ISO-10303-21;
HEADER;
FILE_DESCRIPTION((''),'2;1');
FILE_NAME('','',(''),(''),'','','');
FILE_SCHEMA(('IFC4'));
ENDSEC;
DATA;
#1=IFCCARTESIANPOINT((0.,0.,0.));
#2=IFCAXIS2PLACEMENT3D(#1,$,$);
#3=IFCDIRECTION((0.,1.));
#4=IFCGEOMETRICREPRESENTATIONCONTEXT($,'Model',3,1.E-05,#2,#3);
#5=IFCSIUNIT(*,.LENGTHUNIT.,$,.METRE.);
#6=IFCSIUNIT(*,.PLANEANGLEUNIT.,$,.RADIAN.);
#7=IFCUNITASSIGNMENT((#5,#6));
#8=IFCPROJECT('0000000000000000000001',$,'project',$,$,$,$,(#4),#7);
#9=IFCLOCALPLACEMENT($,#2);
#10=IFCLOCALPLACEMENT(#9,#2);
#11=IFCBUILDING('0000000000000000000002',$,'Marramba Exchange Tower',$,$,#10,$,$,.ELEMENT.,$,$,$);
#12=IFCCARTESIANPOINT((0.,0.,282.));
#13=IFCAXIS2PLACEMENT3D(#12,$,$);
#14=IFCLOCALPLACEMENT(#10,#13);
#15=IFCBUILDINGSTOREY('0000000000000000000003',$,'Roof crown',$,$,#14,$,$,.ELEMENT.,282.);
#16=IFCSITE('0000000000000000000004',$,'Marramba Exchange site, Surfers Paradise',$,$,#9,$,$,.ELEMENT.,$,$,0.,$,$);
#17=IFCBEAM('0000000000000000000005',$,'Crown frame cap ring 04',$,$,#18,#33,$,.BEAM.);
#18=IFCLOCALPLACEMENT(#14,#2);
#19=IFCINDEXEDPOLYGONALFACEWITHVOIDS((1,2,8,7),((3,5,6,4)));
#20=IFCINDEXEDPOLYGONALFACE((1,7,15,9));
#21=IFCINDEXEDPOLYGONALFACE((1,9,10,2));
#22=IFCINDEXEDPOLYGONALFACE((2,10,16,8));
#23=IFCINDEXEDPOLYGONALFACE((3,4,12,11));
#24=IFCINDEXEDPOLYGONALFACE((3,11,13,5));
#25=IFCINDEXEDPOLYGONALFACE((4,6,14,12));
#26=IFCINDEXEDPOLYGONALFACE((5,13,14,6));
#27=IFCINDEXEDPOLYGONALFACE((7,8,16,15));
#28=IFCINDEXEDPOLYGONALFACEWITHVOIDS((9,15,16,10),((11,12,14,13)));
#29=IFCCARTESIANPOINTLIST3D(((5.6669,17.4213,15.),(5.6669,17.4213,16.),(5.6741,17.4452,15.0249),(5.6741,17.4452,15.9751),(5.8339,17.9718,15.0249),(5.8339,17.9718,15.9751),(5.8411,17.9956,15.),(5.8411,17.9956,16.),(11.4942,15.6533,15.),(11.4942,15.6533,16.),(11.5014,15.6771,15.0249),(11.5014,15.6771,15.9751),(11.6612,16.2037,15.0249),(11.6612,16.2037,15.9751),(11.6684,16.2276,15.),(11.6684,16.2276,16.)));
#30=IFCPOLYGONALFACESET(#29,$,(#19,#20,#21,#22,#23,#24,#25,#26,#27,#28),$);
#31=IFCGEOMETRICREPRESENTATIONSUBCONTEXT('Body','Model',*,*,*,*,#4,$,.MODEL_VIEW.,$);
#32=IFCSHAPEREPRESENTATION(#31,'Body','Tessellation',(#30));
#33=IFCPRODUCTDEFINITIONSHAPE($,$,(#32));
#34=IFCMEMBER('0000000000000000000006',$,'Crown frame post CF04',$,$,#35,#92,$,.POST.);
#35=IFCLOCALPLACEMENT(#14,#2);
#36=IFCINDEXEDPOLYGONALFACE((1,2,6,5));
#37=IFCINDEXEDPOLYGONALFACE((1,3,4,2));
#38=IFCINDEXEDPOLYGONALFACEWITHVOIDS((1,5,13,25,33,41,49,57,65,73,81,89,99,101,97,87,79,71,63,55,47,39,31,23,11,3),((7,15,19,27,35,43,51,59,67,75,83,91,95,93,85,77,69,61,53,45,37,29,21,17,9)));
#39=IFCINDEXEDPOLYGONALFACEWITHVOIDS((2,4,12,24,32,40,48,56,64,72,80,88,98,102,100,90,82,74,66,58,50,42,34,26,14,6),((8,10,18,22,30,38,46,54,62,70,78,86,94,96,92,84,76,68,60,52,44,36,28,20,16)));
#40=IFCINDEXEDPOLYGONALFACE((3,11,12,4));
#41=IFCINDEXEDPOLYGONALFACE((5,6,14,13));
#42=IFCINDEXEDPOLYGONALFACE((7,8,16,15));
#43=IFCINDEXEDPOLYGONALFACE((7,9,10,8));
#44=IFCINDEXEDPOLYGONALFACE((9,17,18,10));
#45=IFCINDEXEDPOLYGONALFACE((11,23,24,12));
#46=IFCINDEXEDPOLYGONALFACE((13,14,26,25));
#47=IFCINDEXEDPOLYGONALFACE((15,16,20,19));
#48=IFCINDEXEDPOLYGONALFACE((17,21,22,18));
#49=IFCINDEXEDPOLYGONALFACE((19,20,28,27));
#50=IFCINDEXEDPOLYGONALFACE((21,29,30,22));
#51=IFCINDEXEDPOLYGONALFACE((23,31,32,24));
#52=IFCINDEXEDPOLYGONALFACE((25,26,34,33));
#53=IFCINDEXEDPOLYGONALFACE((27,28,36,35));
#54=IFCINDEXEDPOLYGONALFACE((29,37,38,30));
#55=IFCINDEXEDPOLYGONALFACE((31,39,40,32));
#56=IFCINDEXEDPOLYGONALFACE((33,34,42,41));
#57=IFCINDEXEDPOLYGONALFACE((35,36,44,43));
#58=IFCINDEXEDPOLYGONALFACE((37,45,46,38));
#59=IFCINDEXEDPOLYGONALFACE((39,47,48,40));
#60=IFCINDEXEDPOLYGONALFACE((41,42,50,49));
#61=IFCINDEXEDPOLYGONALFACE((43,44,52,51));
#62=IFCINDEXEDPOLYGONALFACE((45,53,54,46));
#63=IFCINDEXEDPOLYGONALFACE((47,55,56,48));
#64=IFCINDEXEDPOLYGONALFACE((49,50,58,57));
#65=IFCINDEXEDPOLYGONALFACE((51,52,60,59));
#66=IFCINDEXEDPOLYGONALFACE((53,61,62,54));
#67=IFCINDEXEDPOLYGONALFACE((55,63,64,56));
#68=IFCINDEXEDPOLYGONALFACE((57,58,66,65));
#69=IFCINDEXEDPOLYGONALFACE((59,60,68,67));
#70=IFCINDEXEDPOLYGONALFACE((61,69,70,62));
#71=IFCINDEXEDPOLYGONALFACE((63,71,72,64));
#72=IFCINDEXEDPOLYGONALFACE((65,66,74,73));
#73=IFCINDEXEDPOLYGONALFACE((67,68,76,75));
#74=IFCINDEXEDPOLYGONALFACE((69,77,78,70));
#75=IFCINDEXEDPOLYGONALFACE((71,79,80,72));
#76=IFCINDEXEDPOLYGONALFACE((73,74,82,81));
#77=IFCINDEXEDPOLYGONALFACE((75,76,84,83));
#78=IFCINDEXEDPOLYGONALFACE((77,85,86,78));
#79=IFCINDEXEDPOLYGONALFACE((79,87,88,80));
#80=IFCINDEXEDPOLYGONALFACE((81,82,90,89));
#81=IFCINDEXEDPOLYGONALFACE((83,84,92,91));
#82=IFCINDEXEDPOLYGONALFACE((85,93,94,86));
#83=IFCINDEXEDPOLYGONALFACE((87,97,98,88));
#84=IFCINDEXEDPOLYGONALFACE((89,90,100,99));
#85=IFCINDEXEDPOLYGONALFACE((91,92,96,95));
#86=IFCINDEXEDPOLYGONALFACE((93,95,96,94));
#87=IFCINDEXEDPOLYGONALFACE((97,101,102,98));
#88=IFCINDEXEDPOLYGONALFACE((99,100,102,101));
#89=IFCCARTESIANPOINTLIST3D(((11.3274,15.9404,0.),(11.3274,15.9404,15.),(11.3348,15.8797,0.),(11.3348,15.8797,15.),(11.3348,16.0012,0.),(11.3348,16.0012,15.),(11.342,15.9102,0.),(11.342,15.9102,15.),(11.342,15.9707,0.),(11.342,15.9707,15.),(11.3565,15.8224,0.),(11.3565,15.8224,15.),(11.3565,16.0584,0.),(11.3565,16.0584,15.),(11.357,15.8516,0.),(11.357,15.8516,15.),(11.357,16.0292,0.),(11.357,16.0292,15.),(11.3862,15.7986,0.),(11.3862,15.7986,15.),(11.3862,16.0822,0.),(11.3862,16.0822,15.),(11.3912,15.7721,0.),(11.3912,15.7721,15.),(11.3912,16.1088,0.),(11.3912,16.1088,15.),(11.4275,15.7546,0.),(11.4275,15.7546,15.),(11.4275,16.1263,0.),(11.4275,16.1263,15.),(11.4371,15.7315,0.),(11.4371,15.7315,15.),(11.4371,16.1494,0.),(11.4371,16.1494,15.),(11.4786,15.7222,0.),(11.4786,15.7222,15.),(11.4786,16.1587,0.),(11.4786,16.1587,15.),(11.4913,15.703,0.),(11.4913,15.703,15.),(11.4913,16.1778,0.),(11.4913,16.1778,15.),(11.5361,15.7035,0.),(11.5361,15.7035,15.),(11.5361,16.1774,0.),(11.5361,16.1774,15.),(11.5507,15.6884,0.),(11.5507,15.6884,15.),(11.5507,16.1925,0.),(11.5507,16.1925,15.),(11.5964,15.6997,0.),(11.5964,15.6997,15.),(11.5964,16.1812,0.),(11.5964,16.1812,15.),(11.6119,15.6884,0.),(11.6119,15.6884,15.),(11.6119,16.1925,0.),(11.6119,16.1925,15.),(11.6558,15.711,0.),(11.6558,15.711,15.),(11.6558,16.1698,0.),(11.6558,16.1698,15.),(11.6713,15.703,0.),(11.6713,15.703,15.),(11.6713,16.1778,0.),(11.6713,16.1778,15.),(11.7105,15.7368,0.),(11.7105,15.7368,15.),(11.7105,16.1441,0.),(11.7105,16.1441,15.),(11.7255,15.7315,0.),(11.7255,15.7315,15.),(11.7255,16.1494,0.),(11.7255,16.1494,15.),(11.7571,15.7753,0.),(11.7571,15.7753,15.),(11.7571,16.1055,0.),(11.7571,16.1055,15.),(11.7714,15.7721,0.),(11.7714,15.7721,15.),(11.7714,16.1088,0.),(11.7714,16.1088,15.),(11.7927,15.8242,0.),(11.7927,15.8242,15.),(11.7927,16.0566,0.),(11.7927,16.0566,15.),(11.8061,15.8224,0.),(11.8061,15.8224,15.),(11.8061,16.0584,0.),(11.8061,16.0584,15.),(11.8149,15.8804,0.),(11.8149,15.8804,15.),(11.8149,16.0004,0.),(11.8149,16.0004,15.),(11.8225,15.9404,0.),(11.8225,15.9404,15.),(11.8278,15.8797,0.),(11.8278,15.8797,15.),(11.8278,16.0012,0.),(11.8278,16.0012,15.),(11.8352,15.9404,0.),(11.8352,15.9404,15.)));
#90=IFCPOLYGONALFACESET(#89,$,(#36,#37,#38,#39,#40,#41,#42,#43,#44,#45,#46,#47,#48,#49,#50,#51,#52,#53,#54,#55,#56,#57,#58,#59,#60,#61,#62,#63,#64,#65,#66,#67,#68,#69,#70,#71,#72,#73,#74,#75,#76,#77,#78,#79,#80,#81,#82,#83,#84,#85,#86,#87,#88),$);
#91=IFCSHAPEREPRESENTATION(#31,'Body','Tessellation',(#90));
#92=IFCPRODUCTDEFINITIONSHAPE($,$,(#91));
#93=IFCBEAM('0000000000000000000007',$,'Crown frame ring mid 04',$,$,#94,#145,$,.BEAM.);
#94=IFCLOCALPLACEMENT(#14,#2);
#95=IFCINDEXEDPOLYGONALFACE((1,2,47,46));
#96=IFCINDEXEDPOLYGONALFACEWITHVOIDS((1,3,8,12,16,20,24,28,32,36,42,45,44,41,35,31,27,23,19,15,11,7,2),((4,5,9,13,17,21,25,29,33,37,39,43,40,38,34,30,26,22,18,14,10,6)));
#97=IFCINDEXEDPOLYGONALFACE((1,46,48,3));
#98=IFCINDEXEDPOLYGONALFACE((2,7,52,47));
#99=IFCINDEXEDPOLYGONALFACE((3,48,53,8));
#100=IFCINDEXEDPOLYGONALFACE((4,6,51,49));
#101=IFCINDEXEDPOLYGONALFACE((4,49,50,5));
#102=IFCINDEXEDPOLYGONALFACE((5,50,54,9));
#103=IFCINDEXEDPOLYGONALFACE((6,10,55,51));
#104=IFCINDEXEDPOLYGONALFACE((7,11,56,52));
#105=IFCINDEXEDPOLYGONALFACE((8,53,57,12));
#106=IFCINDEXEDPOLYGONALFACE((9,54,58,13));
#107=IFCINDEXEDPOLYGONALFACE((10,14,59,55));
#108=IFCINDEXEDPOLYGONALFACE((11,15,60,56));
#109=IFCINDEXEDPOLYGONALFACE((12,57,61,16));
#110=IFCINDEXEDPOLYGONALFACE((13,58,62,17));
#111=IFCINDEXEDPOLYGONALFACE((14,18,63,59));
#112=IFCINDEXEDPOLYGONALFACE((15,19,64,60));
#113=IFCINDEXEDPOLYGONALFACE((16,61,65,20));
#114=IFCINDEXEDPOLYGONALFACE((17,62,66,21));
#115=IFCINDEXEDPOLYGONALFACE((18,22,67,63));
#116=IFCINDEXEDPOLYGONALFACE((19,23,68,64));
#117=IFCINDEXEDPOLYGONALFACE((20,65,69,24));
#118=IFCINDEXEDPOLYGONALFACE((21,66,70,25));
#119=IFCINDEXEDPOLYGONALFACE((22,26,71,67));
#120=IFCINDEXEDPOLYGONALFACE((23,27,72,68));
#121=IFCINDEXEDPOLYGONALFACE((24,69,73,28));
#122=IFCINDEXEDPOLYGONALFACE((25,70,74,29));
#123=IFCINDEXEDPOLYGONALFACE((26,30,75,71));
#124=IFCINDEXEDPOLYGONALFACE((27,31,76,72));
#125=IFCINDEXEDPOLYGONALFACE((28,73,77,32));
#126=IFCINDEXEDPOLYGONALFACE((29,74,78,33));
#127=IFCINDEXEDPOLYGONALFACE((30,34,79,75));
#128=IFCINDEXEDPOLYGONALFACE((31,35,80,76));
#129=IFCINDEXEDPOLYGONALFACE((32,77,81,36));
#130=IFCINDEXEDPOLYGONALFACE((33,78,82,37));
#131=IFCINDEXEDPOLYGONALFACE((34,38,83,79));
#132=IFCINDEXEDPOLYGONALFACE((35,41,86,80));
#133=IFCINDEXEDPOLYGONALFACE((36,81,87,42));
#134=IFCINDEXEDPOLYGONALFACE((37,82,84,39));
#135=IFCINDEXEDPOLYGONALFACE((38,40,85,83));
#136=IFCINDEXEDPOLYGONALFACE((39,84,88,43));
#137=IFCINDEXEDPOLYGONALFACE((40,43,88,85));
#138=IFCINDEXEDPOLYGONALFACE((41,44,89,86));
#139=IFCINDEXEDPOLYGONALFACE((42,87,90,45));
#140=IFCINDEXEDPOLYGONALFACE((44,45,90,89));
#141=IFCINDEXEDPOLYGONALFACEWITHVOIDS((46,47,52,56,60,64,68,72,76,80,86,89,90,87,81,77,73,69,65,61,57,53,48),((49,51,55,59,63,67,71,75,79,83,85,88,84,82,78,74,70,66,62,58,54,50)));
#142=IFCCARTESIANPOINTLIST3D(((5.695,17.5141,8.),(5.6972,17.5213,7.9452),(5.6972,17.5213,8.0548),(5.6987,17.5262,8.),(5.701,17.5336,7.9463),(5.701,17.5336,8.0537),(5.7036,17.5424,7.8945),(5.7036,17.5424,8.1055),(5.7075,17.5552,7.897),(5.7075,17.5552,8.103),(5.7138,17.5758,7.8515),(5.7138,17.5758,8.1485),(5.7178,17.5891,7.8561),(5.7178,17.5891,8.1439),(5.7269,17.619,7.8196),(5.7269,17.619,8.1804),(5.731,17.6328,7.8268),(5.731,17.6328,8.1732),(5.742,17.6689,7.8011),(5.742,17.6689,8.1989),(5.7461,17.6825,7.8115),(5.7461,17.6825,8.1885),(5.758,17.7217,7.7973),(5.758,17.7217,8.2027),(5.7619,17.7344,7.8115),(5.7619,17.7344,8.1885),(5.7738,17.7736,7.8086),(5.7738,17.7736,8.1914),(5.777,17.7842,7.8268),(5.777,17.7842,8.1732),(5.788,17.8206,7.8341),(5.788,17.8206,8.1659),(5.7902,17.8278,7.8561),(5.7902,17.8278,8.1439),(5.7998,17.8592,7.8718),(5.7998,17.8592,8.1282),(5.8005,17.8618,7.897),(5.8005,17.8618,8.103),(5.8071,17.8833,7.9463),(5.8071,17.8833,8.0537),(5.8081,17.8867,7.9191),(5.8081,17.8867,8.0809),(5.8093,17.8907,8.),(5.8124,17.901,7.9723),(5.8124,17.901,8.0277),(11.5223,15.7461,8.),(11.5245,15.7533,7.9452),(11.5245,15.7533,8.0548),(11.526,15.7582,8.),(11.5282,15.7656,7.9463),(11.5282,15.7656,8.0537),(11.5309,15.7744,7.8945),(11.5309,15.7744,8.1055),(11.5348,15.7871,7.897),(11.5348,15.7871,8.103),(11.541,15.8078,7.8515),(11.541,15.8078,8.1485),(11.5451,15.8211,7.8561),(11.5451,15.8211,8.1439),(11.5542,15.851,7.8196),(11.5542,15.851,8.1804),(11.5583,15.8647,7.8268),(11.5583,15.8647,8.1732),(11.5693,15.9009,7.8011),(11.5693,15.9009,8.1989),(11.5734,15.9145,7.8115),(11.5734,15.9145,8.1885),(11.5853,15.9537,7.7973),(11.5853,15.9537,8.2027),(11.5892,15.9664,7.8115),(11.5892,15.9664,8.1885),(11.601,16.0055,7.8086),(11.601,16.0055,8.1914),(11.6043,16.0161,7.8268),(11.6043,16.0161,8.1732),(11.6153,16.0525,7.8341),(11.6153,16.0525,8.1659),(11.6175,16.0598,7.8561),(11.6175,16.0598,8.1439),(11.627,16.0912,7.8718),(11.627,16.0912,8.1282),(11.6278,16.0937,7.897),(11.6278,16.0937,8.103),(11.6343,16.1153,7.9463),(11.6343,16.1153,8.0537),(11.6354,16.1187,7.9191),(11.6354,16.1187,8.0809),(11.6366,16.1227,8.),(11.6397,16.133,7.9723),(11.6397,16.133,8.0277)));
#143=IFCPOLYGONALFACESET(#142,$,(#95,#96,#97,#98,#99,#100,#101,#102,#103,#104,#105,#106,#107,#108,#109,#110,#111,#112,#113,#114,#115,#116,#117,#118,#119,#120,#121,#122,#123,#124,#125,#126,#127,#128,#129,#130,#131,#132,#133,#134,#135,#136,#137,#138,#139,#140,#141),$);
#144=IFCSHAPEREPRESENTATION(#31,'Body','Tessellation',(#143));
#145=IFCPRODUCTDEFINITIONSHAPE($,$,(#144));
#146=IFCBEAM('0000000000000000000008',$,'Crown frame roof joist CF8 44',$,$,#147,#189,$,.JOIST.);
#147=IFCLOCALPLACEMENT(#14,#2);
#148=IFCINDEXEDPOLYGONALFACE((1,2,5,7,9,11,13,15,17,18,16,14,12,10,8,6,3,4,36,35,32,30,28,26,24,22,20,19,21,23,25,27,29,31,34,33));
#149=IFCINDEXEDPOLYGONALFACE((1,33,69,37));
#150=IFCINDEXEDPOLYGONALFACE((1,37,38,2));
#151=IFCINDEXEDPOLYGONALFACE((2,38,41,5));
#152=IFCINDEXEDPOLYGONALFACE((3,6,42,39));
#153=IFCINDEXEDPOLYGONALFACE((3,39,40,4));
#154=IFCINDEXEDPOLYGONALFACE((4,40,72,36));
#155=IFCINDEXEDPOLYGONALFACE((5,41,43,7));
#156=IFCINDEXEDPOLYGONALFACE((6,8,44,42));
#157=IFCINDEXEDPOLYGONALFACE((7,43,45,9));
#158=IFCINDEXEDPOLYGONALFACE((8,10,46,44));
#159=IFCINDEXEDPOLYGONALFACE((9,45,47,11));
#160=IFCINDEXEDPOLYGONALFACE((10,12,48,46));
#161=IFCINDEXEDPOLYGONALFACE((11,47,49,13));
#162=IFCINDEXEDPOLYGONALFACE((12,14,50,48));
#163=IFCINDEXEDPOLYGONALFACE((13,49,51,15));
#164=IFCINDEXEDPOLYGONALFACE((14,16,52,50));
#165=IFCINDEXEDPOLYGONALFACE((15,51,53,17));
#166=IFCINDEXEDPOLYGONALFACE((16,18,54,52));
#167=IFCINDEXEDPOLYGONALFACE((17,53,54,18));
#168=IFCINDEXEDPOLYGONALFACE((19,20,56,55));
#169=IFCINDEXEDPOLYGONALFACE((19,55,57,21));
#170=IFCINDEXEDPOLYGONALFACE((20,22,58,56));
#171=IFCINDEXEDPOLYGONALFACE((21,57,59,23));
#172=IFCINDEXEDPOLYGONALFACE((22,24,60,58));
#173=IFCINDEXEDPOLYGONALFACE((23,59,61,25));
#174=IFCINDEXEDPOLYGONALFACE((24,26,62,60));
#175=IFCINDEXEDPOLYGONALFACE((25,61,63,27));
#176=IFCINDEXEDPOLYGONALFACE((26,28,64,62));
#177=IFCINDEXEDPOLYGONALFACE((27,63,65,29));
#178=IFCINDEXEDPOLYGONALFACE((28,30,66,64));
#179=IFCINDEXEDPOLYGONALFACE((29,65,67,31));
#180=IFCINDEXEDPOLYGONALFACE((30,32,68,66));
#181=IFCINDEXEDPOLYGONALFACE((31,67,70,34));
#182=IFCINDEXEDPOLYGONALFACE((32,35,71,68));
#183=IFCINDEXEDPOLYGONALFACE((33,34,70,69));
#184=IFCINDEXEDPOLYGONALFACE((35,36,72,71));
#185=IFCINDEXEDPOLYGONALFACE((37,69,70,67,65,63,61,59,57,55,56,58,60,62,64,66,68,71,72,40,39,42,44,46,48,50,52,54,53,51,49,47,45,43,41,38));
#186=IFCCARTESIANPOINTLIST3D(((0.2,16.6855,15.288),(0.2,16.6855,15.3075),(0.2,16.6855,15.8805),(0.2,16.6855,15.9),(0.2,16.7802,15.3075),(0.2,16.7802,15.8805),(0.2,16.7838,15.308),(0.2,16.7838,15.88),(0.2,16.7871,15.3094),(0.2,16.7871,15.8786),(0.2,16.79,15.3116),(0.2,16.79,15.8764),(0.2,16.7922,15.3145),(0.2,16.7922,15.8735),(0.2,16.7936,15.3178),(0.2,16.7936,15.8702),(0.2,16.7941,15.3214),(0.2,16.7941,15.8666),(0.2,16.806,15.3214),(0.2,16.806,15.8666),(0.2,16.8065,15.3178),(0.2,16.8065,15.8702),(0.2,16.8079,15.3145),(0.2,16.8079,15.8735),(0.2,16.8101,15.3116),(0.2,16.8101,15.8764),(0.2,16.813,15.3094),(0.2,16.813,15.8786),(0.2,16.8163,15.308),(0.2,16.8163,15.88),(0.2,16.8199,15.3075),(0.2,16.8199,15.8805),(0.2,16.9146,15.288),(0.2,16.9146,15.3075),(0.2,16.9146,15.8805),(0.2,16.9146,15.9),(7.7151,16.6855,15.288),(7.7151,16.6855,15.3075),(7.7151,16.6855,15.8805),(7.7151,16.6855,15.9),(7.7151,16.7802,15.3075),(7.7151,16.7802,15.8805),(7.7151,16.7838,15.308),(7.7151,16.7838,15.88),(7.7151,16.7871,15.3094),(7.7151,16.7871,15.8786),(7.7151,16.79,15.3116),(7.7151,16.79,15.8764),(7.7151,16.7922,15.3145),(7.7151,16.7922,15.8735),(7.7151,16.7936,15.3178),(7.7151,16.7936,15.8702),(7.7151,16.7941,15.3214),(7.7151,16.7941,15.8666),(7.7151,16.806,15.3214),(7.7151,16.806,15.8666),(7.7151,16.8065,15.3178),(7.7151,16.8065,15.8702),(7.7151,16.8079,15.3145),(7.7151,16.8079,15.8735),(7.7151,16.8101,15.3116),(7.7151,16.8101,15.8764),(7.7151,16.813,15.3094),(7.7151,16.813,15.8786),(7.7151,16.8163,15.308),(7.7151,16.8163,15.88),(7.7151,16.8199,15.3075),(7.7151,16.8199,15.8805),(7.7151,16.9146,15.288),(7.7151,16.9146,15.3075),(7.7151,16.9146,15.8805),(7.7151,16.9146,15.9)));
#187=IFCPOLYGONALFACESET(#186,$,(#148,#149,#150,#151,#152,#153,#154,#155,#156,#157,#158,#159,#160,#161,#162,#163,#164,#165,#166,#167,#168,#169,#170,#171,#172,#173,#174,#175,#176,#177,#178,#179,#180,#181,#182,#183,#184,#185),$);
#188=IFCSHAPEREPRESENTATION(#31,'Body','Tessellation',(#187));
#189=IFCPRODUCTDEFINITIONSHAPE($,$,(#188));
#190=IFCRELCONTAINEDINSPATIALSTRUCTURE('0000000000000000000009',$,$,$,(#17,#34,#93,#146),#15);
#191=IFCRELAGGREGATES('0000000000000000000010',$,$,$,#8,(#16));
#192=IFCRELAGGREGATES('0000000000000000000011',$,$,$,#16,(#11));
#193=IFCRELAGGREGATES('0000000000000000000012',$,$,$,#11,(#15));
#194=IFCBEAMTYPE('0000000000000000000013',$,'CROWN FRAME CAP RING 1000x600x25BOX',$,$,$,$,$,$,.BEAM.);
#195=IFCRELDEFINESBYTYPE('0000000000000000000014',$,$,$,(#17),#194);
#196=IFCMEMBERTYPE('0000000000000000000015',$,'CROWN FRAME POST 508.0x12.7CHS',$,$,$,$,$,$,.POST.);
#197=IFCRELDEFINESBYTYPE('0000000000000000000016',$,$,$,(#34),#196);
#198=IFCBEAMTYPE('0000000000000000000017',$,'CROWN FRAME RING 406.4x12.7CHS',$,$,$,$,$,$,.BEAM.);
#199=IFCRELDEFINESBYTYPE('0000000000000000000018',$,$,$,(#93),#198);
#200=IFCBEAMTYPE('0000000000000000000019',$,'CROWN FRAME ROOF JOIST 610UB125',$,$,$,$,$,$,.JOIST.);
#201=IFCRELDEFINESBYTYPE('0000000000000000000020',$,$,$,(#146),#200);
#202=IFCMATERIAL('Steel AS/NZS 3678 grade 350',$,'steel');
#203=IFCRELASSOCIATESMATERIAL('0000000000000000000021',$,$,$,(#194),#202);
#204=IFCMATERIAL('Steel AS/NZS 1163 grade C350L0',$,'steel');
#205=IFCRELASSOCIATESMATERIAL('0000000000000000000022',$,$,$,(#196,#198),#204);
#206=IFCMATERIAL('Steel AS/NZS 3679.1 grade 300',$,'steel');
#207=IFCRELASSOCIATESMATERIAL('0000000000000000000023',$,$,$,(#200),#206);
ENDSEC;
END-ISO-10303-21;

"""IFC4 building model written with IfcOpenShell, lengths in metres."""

from ifc_helpers import new_model, si_unit, direction, frame, origin, origin_2d, place, context, subcontext, project, spatial, hollow_rectangle, hollow_circle, i_section, extrude, material, material_profile, profile_set, type_object, element, save


model = new_model("IFC4")

# Units and contexts
model_context = context("Model", 3, precision=1e-05, world=origin(), true_north=direction((0.0, 1.0)))
body_context = subcontext(model_context, "Body", "Model", "MODEL_VIEW")
ifc_project = project(units=[si_unit("LENGTHUNIT", "METRE"), si_unit("PLANEANGLEUNIT", "RADIAN")], contexts=[model_context])

# Site, building, storey
site_placement = place(None, origin())
site = spatial("IfcSite", under=ifc_project, at=site_placement, Name="Marramba Exchange site, Surfers Paradise", CompositionType="ELEMENT", RefElevation=0.0)
building_placement = place(site_placement, origin())
building = spatial("IfcBuilding", under=site, at=building_placement, Name="Marramba Exchange Tower", CompositionType="ELEMENT")
storey_placement = place(building_placement, frame((0.0, 0.0, 282.0)))
storey = spatial("IfcBuildingStorey", under=building, at=storey_placement, Name="Roof crown", CompositionType="ELEMENT", Elevation=282.0)

# Beam
ifc_material_1 = material(Name="Steel AS/NZS 3678 grade 350", Category="steel")
ifc_material_profile_1 = material_profile(ifc_material_1, hollow_rectangle(XDim=0.6001, YDim=1.0, WallThickness=0.0249, at=origin_2d()), Name="1000x600x25BOX")
ifc_profile_set_1 = profile_set([ifc_material_profile_1], Name="Steel AS/NZS 3678 grade 350")
beam_type_1 = type_object("IfcBeamType", Name="CROWN FRAME CAP RING 1000x600x25BOX", PredefinedType="BEAM", material=ifc_profile_set_1)
beam_1_placement = place(storey_placement, frame((11.5813, 15.9404, 15.5), z_axis=(-0.956925, 0.290337, 0.0), x_axis=(-0.290337, -0.956925, 0.0)))
element("IfcBeam", 1, at=beam_1_placement, inside=storey, type_object=beam_type_1, Name="Crown frame cap ring 04", PredefinedType="BEAM", context=body_context, shape_type="SweptSolid", body=[
    extrude(hollow_rectangle(XDim=0.6001, YDim=1.0, WallThickness=0.0249, at=origin_2d()), origin(), (0.0, 0.0, 1.0), 6.0896),
])

# Member
ifc_material_2 = material(Name="Steel AS/NZS 1163 grade C350L0", Category="steel")
ifc_material_profile_2 = material_profile(ifc_material_2, hollow_circle(Radius=0.2539, WallThickness=0.0127, at=origin_2d()), Name="508.0x12.7CHS")
ifc_profile_set_2 = profile_set([ifc_material_profile_2], Name="Steel AS/NZS 1163 grade C350L0")
member_type_1 = type_object("IfcMemberType", Name="CROWN FRAME POST 508.0x12.7CHS", PredefinedType="POST", material=ifc_profile_set_2)
member_1_placement = place(storey_placement, frame((11.5813, 15.9404, 0.0), z_axis=(0.0, 0.0, 1.0), x_axis=(1.0, 0.0, 0.0)))
element("IfcMember", 2, at=member_1_placement, inside=storey, type_object=member_type_1, Name="Crown frame post CF04", PredefinedType="POST", context=body_context, shape_type="SweptSolid", body=[
    extrude(hollow_circle(Radius=0.2539, WallThickness=0.0127, at=origin_2d()), origin(), (0.0, 0.0, 1.0), 15.0),
])

# Beams
ifc_material_profile_3 = material_profile(ifc_material_2, hollow_circle(Radius=0.2031, WallThickness=0.0127, at=origin_2d()), Name="406.4x12.7CHS")
ifc_profile_set_3 = profile_set([ifc_material_profile_3], Name="Steel AS/NZS 1163 grade C350L0")
beam_type_2 = type_object("IfcBeamType", Name="CROWN FRAME RING 406.4x12.7CHS", PredefinedType="BEAM", material=ifc_profile_set_3)
beam_2_placement = place(storey_placement, frame((11.5813, 15.9404, 8.0), z_axis=(-0.956925, 0.290337, 0.0), x_axis=(-0.290337, -0.956925, 0.0)))
element("IfcBeam", 3, at=beam_2_placement, inside=storey, type_object=beam_type_2, Name="Crown frame ring mid 04", PredefinedType="BEAM", context=body_context, shape_type="SweptSolid", body=[
    extrude(hollow_circle(Radius=0.2031, WallThickness=0.0127, at=origin_2d()), origin(), (0.0, 0.0, 1.0), 6.0896),
])
ifc_material_3 = material(Name="Steel AS/NZS 3679.1 grade 300", Category="steel")
ifc_material_profile_4 = material_profile(ifc_material_3, i_section(OverallWidth=0.229, OverallDepth=0.6121, WebThickness=0.012, FlangeThickness=0.0195, FilletRadius=0.0139, at=origin_2d()), Name="610UB125")
ifc_profile_set_4 = profile_set([ifc_material_profile_4], Name="Steel AS/NZS 3679.1 grade 300")
beam_type_3 = type_object("IfcBeamType", Name="CROWN FRAME ROOF JOIST 610UB125", PredefinedType="JOIST", material=ifc_profile_set_4)
beam_3_placement = place(storey_placement, frame((0.2, 16.8, 15.594), z_axis=(1.0, 0.0, 0.0), x_axis=(0.0, 1.0, 0.0)))
element("IfcBeam", 4, at=beam_3_placement, inside=storey, type_object=beam_type_3, Name="Crown frame roof joist CF8 44", PredefinedType="JOIST", context=body_context, shape_type="SweptSolid", body=[
    extrude(i_section(OverallWidth=0.229, OverallDepth=0.6121, WebThickness=0.012, FlangeThickness=0.0195, FilletRadius=0.0139, at=origin_2d()), origin(), (0.0, 0.0, 1.0), 7.5151),
])

save(model, "model.ifc")
